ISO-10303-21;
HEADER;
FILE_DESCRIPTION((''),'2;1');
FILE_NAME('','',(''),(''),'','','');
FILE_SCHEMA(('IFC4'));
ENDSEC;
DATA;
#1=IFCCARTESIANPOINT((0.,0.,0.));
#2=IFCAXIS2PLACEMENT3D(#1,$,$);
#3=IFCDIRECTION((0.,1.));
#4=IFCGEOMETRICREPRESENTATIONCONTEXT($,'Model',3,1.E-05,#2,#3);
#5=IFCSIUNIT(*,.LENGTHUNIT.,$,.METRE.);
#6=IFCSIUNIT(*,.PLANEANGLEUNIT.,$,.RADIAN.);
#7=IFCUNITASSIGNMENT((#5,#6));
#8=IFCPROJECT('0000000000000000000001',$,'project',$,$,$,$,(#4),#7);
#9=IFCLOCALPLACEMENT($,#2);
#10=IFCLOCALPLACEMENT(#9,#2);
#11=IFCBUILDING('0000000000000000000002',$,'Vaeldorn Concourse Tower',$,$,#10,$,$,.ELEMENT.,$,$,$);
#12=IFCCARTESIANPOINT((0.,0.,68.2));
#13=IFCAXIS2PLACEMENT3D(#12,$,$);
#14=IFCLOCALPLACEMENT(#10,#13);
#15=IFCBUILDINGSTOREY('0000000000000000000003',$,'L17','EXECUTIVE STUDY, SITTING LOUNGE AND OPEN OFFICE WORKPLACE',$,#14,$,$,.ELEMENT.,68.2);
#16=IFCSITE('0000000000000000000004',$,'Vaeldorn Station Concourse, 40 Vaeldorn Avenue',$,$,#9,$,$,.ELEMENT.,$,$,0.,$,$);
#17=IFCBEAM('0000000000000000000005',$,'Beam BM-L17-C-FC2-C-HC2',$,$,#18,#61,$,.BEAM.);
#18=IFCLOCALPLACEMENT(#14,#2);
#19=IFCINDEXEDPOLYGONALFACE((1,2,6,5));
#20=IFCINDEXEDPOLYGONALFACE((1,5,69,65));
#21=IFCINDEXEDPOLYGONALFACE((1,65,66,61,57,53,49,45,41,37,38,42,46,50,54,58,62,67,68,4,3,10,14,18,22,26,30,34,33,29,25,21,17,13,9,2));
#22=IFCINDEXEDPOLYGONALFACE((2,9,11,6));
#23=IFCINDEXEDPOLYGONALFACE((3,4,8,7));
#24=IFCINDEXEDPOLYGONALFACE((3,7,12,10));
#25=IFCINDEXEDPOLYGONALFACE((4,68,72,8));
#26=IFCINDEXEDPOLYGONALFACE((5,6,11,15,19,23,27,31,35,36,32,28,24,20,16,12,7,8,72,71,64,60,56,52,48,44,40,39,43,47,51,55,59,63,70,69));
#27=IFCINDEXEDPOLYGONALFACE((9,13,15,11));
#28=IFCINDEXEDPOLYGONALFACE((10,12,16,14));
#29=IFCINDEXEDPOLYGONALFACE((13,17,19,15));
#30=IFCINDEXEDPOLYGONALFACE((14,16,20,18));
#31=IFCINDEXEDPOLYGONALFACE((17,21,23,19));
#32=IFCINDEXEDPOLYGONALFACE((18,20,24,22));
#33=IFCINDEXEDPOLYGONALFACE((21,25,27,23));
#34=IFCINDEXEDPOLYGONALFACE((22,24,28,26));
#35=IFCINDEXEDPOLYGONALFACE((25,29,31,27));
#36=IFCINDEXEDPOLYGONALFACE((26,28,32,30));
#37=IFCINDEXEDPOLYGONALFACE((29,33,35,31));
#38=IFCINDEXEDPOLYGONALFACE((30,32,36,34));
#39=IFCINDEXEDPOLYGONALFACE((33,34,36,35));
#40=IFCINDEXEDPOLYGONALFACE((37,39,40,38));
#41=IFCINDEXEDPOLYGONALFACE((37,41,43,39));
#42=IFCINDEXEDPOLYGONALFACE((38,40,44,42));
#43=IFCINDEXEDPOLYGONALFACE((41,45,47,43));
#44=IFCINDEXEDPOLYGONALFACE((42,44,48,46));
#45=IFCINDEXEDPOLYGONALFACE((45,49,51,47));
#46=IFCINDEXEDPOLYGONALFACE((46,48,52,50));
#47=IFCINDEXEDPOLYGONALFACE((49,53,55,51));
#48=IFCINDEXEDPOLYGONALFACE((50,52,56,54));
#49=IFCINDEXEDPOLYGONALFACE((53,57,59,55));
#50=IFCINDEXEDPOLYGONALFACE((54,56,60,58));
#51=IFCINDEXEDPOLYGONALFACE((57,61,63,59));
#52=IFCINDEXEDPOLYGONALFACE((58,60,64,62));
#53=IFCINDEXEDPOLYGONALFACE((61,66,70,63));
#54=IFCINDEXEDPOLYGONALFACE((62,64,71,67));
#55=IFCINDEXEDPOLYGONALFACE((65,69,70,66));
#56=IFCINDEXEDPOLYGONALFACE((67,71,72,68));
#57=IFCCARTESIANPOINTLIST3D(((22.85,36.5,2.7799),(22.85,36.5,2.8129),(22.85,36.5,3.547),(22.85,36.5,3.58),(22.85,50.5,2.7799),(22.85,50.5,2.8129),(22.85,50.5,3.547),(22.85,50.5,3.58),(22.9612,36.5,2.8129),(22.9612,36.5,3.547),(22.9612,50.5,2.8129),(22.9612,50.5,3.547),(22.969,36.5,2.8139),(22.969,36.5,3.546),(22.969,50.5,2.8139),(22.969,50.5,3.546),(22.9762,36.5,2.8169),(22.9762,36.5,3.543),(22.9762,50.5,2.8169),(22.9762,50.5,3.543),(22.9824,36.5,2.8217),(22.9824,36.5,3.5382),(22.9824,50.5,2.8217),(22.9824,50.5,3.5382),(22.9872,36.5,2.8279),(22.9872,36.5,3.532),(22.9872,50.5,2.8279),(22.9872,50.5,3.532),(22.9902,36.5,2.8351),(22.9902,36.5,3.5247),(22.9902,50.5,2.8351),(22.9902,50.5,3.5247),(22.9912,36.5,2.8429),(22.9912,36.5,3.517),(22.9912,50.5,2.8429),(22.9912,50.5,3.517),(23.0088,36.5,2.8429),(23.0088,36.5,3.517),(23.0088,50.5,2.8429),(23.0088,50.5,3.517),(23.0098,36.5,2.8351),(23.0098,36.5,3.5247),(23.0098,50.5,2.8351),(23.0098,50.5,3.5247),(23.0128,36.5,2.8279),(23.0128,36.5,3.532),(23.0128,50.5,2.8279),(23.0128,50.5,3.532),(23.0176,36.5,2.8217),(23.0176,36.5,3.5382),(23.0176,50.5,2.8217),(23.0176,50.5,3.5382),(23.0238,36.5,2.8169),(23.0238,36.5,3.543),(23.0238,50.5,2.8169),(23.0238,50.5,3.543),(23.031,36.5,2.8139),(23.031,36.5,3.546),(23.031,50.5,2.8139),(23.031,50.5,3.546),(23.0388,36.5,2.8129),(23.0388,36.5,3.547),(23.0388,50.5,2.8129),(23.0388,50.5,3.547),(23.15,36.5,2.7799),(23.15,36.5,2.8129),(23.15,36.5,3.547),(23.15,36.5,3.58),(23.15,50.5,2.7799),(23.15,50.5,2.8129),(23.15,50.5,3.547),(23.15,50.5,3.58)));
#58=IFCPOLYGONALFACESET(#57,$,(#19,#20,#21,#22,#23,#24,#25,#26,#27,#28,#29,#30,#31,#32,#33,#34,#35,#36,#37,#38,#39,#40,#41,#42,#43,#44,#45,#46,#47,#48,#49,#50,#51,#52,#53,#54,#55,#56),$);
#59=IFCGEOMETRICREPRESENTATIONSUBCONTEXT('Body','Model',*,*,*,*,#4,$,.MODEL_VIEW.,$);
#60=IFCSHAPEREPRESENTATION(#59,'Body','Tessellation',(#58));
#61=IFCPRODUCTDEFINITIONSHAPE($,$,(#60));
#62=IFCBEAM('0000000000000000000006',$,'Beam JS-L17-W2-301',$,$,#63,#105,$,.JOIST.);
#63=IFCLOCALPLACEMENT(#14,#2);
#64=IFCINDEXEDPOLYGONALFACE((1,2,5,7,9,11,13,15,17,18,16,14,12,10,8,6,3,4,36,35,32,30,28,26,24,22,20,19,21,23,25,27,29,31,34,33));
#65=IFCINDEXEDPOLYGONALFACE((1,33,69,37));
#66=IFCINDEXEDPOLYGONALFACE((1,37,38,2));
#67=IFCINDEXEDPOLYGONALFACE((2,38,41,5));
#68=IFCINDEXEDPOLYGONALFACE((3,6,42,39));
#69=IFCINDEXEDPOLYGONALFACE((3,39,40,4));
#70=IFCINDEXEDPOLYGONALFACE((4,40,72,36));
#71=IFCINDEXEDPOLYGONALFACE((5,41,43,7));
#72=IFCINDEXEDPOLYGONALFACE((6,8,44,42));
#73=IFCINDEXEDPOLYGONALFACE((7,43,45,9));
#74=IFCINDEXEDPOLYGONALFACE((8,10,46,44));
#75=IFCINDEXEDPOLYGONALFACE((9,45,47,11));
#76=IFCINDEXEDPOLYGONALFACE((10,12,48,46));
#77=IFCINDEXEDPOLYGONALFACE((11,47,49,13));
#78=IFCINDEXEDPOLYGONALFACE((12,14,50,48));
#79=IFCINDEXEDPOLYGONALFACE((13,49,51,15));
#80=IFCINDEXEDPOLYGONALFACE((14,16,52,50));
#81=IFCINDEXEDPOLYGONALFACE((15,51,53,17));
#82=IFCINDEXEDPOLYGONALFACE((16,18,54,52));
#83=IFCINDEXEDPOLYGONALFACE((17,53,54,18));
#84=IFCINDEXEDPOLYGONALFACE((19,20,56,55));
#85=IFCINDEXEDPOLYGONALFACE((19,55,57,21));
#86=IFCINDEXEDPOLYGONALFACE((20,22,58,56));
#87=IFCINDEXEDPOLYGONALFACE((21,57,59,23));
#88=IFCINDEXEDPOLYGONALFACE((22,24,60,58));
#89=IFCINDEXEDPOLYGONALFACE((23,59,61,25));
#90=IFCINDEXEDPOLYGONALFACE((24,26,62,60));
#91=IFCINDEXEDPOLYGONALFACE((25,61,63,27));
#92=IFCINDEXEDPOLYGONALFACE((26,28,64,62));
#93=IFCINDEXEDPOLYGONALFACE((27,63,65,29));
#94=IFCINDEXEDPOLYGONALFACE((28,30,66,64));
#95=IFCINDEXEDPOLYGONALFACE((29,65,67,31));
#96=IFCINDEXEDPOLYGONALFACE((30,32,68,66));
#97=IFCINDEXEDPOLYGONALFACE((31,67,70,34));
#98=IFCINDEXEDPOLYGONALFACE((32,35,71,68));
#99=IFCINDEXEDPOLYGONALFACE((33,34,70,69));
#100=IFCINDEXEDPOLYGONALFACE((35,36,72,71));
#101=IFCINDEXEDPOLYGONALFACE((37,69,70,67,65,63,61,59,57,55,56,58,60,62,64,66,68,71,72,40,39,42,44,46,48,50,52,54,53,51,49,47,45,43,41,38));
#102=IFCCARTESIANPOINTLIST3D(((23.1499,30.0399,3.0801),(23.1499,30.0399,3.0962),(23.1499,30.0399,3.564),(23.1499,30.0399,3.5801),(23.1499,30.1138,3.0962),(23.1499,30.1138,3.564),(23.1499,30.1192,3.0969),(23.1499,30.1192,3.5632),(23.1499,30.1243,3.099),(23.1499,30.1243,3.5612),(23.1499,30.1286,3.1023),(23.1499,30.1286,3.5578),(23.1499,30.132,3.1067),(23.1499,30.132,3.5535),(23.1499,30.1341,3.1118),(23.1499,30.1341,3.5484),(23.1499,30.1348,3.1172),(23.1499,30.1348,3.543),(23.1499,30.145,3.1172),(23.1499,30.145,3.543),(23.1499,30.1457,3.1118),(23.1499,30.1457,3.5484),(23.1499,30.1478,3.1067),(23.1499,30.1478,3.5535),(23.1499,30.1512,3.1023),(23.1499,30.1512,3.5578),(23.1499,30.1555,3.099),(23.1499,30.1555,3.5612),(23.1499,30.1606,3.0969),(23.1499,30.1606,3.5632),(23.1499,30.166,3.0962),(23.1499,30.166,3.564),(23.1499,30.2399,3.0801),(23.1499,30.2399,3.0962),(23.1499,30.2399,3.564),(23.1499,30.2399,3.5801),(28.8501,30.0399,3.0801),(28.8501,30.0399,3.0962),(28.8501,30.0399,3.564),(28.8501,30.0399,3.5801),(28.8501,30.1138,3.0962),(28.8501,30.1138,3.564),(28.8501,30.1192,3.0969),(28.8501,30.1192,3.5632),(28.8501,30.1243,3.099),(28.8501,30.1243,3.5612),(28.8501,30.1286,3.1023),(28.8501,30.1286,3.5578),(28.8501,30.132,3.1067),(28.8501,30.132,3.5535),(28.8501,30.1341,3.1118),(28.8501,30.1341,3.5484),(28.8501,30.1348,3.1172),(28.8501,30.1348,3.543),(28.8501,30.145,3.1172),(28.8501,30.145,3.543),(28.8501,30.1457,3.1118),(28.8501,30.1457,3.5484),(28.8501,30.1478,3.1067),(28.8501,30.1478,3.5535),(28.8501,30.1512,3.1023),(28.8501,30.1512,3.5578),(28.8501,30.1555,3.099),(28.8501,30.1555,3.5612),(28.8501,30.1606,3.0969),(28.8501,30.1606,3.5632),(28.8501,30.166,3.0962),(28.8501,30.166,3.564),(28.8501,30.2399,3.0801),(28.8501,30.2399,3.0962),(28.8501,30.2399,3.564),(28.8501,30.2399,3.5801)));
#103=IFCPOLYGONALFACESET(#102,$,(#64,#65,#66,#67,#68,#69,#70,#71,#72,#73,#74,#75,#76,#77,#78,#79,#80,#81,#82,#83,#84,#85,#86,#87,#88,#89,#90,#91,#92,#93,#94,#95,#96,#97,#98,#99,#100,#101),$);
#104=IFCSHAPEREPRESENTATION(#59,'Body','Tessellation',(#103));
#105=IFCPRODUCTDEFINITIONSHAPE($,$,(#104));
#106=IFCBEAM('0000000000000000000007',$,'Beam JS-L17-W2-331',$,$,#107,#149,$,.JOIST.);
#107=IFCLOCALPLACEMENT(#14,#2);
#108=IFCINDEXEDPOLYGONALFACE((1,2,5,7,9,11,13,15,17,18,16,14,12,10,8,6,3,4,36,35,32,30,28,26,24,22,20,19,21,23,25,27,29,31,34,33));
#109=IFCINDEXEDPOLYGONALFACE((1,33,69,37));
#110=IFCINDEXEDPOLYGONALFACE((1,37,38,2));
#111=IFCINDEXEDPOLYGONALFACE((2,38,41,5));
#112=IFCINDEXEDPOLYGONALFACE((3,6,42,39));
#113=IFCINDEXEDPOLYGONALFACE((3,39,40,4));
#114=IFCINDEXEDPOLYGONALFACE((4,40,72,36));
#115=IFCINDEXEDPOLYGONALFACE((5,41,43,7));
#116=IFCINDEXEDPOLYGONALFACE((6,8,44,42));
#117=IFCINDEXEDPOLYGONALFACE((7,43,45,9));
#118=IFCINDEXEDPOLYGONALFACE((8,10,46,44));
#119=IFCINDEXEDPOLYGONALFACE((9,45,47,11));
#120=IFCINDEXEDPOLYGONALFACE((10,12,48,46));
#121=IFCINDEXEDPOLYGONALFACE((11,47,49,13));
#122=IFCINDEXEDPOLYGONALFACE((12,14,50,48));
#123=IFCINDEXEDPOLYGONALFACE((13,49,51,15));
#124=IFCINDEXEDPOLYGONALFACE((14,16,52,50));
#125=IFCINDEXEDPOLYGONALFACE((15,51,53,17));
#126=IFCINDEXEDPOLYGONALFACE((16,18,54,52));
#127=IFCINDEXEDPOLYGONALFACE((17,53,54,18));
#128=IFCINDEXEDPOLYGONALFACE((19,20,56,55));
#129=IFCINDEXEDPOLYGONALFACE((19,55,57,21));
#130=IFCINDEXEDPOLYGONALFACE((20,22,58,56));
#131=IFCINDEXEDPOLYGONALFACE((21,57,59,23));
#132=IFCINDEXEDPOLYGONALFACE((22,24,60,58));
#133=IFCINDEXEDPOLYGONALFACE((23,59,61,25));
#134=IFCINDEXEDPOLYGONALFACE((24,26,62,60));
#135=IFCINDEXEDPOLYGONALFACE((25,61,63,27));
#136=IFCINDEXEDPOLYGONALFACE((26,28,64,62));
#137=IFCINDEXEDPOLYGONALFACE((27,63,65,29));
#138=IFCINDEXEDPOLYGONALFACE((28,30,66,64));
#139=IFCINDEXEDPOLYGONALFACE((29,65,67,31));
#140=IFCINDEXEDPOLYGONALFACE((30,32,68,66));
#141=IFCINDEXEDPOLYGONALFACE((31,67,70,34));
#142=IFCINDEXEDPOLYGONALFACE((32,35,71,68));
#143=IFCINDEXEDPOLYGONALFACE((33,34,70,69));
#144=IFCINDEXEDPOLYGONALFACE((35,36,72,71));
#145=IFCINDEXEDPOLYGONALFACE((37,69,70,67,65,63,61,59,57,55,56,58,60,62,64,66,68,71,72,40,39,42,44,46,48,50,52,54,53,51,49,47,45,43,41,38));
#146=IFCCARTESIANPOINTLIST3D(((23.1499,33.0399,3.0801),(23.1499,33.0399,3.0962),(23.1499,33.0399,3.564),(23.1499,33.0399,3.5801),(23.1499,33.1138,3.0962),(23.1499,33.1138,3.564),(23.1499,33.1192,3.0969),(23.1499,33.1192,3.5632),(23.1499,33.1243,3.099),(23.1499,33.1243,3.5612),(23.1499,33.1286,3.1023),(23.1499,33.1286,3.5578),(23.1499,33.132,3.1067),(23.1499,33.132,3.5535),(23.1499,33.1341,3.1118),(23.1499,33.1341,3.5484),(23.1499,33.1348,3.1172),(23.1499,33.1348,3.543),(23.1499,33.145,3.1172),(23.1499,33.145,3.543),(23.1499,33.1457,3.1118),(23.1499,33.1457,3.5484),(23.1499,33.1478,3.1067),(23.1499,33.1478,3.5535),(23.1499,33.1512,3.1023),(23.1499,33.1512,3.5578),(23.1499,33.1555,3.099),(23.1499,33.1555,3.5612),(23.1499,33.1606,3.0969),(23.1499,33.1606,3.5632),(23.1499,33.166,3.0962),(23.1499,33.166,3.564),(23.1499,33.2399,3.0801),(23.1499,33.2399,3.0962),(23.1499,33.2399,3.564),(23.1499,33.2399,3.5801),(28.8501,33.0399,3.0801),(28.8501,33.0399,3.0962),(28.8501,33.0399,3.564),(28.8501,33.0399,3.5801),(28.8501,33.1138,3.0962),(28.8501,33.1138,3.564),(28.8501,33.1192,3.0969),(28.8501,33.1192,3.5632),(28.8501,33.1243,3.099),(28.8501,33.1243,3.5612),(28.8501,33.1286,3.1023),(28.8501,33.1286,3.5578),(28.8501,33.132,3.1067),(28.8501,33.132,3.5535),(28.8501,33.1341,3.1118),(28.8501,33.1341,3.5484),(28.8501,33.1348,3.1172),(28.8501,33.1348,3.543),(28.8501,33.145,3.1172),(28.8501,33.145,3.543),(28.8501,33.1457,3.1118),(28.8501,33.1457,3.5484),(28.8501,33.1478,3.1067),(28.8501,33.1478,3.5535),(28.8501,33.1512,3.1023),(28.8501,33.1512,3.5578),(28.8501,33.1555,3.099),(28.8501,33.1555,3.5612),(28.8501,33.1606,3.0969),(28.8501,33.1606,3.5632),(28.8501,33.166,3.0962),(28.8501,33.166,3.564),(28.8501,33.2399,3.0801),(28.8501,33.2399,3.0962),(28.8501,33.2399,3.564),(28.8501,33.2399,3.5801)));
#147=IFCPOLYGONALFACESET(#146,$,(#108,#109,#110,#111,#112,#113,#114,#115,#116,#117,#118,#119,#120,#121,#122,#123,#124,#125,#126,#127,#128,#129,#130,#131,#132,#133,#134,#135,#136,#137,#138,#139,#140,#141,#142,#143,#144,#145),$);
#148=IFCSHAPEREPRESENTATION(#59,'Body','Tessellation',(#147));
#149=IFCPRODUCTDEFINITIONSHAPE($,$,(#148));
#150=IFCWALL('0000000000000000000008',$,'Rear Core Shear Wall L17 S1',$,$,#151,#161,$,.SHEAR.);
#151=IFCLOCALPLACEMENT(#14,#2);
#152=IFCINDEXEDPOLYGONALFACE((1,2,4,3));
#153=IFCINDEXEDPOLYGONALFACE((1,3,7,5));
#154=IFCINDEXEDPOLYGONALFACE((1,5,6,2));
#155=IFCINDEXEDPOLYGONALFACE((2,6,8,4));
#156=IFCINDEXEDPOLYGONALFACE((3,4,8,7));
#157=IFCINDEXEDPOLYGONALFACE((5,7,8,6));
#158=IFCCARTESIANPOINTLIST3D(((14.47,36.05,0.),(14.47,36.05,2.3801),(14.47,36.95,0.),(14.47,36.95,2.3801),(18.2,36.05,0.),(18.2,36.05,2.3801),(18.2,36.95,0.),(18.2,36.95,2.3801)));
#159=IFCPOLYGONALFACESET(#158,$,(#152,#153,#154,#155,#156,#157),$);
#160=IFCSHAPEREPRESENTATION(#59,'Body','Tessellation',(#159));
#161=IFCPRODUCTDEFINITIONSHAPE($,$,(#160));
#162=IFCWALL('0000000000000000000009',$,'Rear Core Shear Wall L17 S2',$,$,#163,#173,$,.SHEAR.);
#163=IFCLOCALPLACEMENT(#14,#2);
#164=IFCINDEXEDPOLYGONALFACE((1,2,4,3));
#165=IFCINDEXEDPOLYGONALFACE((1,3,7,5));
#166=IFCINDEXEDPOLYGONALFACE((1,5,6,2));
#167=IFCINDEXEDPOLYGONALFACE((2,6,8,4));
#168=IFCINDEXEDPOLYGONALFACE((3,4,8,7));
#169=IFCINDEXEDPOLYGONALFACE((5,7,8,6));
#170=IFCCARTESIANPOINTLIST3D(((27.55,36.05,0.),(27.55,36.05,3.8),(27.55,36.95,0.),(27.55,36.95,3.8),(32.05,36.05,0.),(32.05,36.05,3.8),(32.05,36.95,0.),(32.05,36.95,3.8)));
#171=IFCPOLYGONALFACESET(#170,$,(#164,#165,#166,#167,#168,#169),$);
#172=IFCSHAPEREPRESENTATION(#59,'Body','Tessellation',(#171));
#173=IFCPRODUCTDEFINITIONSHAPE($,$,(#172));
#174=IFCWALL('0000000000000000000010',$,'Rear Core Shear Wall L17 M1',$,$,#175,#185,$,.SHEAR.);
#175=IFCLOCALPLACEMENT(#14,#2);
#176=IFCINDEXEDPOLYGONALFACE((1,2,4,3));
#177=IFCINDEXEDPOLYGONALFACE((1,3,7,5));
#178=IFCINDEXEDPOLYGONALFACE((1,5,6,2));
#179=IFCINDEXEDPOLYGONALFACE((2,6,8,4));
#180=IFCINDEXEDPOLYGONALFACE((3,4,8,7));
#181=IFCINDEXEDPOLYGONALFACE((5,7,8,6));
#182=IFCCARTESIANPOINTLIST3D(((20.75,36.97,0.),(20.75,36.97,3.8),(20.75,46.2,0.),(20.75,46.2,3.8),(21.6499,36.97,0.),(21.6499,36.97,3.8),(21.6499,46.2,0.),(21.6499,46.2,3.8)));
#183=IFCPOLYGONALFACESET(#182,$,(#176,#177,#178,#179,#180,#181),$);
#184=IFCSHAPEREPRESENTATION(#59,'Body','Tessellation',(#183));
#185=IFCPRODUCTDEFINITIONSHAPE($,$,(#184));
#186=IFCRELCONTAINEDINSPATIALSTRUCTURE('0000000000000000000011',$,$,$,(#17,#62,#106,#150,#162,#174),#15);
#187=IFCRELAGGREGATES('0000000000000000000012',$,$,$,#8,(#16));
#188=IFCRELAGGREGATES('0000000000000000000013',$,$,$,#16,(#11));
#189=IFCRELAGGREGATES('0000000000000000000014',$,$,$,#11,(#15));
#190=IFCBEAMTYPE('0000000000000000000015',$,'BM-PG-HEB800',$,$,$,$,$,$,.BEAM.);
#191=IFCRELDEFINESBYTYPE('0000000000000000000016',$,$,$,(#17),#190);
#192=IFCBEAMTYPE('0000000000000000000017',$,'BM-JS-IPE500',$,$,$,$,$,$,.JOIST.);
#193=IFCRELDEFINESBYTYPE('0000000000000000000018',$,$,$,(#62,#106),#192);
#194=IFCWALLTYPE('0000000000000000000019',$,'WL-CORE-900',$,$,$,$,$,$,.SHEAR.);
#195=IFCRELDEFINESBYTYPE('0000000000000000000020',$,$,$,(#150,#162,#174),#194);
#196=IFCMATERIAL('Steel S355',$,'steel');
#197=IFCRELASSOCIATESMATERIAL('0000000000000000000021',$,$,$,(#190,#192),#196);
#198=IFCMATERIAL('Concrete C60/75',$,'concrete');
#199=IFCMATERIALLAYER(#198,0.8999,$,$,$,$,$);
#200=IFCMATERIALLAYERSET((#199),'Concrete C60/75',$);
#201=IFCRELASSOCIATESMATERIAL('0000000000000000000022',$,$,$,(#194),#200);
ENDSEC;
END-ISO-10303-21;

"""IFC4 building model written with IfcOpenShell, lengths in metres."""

from ifc_helpers import new_model, si_unit, direction, frame, frame_2d, origin, origin_2d, place, context, subcontext, project, spatial, rectangle, i_section, extrude, source, transform, mapped, material, layer, layer_set, material_profile, profile_set, type_object, element, save


model = new_model("IFC4")

# Units and contexts
model_context = context("Model", 3, precision=1e-05, world=origin(), true_north=direction((0.0, 1.0)))
body_context = subcontext(model_context, "Body", "Model", "MODEL_VIEW")
ifc_project = project(units=[si_unit("LENGTHUNIT", "METRE"), si_unit("PLANEANGLEUNIT", "RADIAN")], contexts=[model_context])

# Site, building, storey
site_placement = place(None, origin())
site = spatial("IfcSite", under=ifc_project, at=site_placement, Name="Vaeldorn Station Concourse, 40 Vaeldorn Avenue", CompositionType="ELEMENT", RefElevation=0.0)
building_placement = place(site_placement, origin())
building = spatial("IfcBuilding", under=site, at=building_placement, Name="Vaeldorn Concourse Tower", CompositionType="ELEMENT")
storey_placement = place(building_placement, frame((0.0, 0.0, 68.2)))
storey = spatial("IfcBuildingStorey", under=building, at=storey_placement, Name="L17", Description="EXECUTIVE STUDY, SITTING LOUNGE AND OPEN OFFICE WORKPLACE", CompositionType="ELEMENT", Elevation=68.2)

# Beams
ifc_material_1 = material(Name="Steel S355", Category="steel")
ifc_material_profile_1 = material_profile(ifc_material_1, i_section(OverallWidth=0.3, OverallDepth=0.8, WebThickness=0.0176, FlangeThickness=0.033, FilletRadius=0.03, at=origin_2d()), Name="HEB 800")
ifc_profile_set_1 = profile_set([ifc_material_profile_1], Name="Steel S355")
beam_type_1 = type_object("IfcBeamType", Name="BM-PG-HEB800", PredefinedType="BEAM", material=ifc_profile_set_1)
shared_shape_1 = source(origin(), body_context, "Body", "SweptSolid", [
    extrude(i_section(OverallWidth=0.3, OverallDepth=0.8, WebThickness=0.0176, FlangeThickness=0.033, FilletRadius=0.03, at=origin_2d()), origin(), (0.0, 0.0, 1.0), 14.0),
])
beam_1_placement = place(storey_placement, frame((23.0, 36.5, 3.1799), z_axis=(0.0, 1.0, 0.0), x_axis=(-1.0, 0.0, 0.0)))
element("IfcBeam", 1, at=beam_1_placement, inside=storey, type_object=beam_type_1, Name="Beam BM-L17-C-FC2-C-HC2", PredefinedType="BEAM", context=body_context, shape_type="MappedRepresentation", body=[
    mapped(shared_shape_1, transform((0.0, 0.0, 0.0), scale=1.0)),
])
ifc_material_profile_2 = material_profile(ifc_material_1, i_section(OverallWidth=0.2, OverallDepth=0.5, WebThickness=0.0103, FlangeThickness=0.0161, FilletRadius=0.021, at=origin_2d()), Name="IPE 500")
ifc_profile_set_2 = profile_set([ifc_material_profile_2], Name="Steel S355")
beam_type_2 = type_object("IfcBeamType", Name="BM-JS-IPE500", PredefinedType="JOIST", material=ifc_profile_set_2)
shared_shape_2 = source(origin(), body_context, "Body", "SweptSolid", [
    extrude(i_section(OverallWidth=0.2, OverallDepth=0.5, WebThickness=0.0103, FlangeThickness=0.0161, FilletRadius=0.021, at=origin_2d()), origin(), (0.0, 0.0, 1.0), 5.7002),
])
for number, where, z_axis, x_axis, name in (
    (2, (23.1499, 30.1399, 3.3301), (1.0, 0.0, 0.0), (0.0, 1.0, 0.0), "Beam JS-L17-W2-301"),
    (3, (23.1499, 33.1399, 3.3301), (1.0, 0.0, 0.0), (0.0, 1.0, 0.0), "Beam JS-L17-W2-331"),
):
    element("IfcBeam", number, at=place(storey_placement, frame(where, z_axis=z_axis, x_axis=x_axis)), inside=storey, type_object=beam_type_2, Name=name, PredefinedType="JOIST", context=body_context, shape_type="MappedRepresentation", body=[
        mapped(shared_shape_2, transform((0.0, 0.0, 0.0), scale=1.0)),
    ])

# Walls
ifc_material_2 = material(Name="Concrete C60/75", Category="concrete")
ifc_layer_1 = layer(ifc_material_2, 0.8999)
ifc_layer_set_1 = layer_set([ifc_layer_1], Name="Concrete C60/75")
wall_type_1 = type_object("IfcWallType", Name="WL-CORE-900", PredefinedType="SHEAR", material=ifc_layer_set_1)
wall_1_placement = place(storey_placement, frame((14.47, 36.5, 0.0), z_axis=(0.0, 0.0, 1.0), x_axis=(1.0, 0.0, 0.0)))
element("IfcWall", 4, at=wall_1_placement, inside=storey, type_object=wall_type_1, Name="Rear Core Shear Wall L17 S1", PredefinedType="SHEAR", context=body_context, shape_type="SweptSolid", body=[
    extrude(rectangle(XDim=3.73, YDim=0.8999, at=frame_2d((1.865, 0.0))), origin(), (0.0, 0.0, 1.0), 2.3801),
])
wall_2_placement = place(storey_placement, frame((27.55, 36.5, 0.0), z_axis=(0.0, 0.0, 1.0), x_axis=(1.0, 0.0, 0.0)))
element("IfcWall", 5, at=wall_2_placement, inside=storey, type_object=wall_type_1, Name="Rear Core Shear Wall L17 S2", PredefinedType="SHEAR", context=body_context, shape_type="SweptSolid", body=[
    extrude(rectangle(XDim=4.5, YDim=0.8999, at=frame_2d((2.25, 0.0))), origin(), (0.0, 0.0, 1.0), 3.8),
])
wall_3_placement = place(storey_placement, frame((21.2, 36.97, 0.0), z_axis=(0.0, 0.0, 1.0), x_axis=(0.0, 1.0, 0.0)))
element("IfcWall", 6, at=wall_3_placement, inside=storey, type_object=wall_type_1, Name="Rear Core Shear Wall L17 M1", PredefinedType="SHEAR", context=body_context, shape_type="SweptSolid", body=[
    extrude(rectangle(XDim=9.23, YDim=0.8999, at=frame_2d((4.615, 0.0))), origin(), (0.0, 0.0, 1.0), 3.8),
])

save(model, "model.ifc")
